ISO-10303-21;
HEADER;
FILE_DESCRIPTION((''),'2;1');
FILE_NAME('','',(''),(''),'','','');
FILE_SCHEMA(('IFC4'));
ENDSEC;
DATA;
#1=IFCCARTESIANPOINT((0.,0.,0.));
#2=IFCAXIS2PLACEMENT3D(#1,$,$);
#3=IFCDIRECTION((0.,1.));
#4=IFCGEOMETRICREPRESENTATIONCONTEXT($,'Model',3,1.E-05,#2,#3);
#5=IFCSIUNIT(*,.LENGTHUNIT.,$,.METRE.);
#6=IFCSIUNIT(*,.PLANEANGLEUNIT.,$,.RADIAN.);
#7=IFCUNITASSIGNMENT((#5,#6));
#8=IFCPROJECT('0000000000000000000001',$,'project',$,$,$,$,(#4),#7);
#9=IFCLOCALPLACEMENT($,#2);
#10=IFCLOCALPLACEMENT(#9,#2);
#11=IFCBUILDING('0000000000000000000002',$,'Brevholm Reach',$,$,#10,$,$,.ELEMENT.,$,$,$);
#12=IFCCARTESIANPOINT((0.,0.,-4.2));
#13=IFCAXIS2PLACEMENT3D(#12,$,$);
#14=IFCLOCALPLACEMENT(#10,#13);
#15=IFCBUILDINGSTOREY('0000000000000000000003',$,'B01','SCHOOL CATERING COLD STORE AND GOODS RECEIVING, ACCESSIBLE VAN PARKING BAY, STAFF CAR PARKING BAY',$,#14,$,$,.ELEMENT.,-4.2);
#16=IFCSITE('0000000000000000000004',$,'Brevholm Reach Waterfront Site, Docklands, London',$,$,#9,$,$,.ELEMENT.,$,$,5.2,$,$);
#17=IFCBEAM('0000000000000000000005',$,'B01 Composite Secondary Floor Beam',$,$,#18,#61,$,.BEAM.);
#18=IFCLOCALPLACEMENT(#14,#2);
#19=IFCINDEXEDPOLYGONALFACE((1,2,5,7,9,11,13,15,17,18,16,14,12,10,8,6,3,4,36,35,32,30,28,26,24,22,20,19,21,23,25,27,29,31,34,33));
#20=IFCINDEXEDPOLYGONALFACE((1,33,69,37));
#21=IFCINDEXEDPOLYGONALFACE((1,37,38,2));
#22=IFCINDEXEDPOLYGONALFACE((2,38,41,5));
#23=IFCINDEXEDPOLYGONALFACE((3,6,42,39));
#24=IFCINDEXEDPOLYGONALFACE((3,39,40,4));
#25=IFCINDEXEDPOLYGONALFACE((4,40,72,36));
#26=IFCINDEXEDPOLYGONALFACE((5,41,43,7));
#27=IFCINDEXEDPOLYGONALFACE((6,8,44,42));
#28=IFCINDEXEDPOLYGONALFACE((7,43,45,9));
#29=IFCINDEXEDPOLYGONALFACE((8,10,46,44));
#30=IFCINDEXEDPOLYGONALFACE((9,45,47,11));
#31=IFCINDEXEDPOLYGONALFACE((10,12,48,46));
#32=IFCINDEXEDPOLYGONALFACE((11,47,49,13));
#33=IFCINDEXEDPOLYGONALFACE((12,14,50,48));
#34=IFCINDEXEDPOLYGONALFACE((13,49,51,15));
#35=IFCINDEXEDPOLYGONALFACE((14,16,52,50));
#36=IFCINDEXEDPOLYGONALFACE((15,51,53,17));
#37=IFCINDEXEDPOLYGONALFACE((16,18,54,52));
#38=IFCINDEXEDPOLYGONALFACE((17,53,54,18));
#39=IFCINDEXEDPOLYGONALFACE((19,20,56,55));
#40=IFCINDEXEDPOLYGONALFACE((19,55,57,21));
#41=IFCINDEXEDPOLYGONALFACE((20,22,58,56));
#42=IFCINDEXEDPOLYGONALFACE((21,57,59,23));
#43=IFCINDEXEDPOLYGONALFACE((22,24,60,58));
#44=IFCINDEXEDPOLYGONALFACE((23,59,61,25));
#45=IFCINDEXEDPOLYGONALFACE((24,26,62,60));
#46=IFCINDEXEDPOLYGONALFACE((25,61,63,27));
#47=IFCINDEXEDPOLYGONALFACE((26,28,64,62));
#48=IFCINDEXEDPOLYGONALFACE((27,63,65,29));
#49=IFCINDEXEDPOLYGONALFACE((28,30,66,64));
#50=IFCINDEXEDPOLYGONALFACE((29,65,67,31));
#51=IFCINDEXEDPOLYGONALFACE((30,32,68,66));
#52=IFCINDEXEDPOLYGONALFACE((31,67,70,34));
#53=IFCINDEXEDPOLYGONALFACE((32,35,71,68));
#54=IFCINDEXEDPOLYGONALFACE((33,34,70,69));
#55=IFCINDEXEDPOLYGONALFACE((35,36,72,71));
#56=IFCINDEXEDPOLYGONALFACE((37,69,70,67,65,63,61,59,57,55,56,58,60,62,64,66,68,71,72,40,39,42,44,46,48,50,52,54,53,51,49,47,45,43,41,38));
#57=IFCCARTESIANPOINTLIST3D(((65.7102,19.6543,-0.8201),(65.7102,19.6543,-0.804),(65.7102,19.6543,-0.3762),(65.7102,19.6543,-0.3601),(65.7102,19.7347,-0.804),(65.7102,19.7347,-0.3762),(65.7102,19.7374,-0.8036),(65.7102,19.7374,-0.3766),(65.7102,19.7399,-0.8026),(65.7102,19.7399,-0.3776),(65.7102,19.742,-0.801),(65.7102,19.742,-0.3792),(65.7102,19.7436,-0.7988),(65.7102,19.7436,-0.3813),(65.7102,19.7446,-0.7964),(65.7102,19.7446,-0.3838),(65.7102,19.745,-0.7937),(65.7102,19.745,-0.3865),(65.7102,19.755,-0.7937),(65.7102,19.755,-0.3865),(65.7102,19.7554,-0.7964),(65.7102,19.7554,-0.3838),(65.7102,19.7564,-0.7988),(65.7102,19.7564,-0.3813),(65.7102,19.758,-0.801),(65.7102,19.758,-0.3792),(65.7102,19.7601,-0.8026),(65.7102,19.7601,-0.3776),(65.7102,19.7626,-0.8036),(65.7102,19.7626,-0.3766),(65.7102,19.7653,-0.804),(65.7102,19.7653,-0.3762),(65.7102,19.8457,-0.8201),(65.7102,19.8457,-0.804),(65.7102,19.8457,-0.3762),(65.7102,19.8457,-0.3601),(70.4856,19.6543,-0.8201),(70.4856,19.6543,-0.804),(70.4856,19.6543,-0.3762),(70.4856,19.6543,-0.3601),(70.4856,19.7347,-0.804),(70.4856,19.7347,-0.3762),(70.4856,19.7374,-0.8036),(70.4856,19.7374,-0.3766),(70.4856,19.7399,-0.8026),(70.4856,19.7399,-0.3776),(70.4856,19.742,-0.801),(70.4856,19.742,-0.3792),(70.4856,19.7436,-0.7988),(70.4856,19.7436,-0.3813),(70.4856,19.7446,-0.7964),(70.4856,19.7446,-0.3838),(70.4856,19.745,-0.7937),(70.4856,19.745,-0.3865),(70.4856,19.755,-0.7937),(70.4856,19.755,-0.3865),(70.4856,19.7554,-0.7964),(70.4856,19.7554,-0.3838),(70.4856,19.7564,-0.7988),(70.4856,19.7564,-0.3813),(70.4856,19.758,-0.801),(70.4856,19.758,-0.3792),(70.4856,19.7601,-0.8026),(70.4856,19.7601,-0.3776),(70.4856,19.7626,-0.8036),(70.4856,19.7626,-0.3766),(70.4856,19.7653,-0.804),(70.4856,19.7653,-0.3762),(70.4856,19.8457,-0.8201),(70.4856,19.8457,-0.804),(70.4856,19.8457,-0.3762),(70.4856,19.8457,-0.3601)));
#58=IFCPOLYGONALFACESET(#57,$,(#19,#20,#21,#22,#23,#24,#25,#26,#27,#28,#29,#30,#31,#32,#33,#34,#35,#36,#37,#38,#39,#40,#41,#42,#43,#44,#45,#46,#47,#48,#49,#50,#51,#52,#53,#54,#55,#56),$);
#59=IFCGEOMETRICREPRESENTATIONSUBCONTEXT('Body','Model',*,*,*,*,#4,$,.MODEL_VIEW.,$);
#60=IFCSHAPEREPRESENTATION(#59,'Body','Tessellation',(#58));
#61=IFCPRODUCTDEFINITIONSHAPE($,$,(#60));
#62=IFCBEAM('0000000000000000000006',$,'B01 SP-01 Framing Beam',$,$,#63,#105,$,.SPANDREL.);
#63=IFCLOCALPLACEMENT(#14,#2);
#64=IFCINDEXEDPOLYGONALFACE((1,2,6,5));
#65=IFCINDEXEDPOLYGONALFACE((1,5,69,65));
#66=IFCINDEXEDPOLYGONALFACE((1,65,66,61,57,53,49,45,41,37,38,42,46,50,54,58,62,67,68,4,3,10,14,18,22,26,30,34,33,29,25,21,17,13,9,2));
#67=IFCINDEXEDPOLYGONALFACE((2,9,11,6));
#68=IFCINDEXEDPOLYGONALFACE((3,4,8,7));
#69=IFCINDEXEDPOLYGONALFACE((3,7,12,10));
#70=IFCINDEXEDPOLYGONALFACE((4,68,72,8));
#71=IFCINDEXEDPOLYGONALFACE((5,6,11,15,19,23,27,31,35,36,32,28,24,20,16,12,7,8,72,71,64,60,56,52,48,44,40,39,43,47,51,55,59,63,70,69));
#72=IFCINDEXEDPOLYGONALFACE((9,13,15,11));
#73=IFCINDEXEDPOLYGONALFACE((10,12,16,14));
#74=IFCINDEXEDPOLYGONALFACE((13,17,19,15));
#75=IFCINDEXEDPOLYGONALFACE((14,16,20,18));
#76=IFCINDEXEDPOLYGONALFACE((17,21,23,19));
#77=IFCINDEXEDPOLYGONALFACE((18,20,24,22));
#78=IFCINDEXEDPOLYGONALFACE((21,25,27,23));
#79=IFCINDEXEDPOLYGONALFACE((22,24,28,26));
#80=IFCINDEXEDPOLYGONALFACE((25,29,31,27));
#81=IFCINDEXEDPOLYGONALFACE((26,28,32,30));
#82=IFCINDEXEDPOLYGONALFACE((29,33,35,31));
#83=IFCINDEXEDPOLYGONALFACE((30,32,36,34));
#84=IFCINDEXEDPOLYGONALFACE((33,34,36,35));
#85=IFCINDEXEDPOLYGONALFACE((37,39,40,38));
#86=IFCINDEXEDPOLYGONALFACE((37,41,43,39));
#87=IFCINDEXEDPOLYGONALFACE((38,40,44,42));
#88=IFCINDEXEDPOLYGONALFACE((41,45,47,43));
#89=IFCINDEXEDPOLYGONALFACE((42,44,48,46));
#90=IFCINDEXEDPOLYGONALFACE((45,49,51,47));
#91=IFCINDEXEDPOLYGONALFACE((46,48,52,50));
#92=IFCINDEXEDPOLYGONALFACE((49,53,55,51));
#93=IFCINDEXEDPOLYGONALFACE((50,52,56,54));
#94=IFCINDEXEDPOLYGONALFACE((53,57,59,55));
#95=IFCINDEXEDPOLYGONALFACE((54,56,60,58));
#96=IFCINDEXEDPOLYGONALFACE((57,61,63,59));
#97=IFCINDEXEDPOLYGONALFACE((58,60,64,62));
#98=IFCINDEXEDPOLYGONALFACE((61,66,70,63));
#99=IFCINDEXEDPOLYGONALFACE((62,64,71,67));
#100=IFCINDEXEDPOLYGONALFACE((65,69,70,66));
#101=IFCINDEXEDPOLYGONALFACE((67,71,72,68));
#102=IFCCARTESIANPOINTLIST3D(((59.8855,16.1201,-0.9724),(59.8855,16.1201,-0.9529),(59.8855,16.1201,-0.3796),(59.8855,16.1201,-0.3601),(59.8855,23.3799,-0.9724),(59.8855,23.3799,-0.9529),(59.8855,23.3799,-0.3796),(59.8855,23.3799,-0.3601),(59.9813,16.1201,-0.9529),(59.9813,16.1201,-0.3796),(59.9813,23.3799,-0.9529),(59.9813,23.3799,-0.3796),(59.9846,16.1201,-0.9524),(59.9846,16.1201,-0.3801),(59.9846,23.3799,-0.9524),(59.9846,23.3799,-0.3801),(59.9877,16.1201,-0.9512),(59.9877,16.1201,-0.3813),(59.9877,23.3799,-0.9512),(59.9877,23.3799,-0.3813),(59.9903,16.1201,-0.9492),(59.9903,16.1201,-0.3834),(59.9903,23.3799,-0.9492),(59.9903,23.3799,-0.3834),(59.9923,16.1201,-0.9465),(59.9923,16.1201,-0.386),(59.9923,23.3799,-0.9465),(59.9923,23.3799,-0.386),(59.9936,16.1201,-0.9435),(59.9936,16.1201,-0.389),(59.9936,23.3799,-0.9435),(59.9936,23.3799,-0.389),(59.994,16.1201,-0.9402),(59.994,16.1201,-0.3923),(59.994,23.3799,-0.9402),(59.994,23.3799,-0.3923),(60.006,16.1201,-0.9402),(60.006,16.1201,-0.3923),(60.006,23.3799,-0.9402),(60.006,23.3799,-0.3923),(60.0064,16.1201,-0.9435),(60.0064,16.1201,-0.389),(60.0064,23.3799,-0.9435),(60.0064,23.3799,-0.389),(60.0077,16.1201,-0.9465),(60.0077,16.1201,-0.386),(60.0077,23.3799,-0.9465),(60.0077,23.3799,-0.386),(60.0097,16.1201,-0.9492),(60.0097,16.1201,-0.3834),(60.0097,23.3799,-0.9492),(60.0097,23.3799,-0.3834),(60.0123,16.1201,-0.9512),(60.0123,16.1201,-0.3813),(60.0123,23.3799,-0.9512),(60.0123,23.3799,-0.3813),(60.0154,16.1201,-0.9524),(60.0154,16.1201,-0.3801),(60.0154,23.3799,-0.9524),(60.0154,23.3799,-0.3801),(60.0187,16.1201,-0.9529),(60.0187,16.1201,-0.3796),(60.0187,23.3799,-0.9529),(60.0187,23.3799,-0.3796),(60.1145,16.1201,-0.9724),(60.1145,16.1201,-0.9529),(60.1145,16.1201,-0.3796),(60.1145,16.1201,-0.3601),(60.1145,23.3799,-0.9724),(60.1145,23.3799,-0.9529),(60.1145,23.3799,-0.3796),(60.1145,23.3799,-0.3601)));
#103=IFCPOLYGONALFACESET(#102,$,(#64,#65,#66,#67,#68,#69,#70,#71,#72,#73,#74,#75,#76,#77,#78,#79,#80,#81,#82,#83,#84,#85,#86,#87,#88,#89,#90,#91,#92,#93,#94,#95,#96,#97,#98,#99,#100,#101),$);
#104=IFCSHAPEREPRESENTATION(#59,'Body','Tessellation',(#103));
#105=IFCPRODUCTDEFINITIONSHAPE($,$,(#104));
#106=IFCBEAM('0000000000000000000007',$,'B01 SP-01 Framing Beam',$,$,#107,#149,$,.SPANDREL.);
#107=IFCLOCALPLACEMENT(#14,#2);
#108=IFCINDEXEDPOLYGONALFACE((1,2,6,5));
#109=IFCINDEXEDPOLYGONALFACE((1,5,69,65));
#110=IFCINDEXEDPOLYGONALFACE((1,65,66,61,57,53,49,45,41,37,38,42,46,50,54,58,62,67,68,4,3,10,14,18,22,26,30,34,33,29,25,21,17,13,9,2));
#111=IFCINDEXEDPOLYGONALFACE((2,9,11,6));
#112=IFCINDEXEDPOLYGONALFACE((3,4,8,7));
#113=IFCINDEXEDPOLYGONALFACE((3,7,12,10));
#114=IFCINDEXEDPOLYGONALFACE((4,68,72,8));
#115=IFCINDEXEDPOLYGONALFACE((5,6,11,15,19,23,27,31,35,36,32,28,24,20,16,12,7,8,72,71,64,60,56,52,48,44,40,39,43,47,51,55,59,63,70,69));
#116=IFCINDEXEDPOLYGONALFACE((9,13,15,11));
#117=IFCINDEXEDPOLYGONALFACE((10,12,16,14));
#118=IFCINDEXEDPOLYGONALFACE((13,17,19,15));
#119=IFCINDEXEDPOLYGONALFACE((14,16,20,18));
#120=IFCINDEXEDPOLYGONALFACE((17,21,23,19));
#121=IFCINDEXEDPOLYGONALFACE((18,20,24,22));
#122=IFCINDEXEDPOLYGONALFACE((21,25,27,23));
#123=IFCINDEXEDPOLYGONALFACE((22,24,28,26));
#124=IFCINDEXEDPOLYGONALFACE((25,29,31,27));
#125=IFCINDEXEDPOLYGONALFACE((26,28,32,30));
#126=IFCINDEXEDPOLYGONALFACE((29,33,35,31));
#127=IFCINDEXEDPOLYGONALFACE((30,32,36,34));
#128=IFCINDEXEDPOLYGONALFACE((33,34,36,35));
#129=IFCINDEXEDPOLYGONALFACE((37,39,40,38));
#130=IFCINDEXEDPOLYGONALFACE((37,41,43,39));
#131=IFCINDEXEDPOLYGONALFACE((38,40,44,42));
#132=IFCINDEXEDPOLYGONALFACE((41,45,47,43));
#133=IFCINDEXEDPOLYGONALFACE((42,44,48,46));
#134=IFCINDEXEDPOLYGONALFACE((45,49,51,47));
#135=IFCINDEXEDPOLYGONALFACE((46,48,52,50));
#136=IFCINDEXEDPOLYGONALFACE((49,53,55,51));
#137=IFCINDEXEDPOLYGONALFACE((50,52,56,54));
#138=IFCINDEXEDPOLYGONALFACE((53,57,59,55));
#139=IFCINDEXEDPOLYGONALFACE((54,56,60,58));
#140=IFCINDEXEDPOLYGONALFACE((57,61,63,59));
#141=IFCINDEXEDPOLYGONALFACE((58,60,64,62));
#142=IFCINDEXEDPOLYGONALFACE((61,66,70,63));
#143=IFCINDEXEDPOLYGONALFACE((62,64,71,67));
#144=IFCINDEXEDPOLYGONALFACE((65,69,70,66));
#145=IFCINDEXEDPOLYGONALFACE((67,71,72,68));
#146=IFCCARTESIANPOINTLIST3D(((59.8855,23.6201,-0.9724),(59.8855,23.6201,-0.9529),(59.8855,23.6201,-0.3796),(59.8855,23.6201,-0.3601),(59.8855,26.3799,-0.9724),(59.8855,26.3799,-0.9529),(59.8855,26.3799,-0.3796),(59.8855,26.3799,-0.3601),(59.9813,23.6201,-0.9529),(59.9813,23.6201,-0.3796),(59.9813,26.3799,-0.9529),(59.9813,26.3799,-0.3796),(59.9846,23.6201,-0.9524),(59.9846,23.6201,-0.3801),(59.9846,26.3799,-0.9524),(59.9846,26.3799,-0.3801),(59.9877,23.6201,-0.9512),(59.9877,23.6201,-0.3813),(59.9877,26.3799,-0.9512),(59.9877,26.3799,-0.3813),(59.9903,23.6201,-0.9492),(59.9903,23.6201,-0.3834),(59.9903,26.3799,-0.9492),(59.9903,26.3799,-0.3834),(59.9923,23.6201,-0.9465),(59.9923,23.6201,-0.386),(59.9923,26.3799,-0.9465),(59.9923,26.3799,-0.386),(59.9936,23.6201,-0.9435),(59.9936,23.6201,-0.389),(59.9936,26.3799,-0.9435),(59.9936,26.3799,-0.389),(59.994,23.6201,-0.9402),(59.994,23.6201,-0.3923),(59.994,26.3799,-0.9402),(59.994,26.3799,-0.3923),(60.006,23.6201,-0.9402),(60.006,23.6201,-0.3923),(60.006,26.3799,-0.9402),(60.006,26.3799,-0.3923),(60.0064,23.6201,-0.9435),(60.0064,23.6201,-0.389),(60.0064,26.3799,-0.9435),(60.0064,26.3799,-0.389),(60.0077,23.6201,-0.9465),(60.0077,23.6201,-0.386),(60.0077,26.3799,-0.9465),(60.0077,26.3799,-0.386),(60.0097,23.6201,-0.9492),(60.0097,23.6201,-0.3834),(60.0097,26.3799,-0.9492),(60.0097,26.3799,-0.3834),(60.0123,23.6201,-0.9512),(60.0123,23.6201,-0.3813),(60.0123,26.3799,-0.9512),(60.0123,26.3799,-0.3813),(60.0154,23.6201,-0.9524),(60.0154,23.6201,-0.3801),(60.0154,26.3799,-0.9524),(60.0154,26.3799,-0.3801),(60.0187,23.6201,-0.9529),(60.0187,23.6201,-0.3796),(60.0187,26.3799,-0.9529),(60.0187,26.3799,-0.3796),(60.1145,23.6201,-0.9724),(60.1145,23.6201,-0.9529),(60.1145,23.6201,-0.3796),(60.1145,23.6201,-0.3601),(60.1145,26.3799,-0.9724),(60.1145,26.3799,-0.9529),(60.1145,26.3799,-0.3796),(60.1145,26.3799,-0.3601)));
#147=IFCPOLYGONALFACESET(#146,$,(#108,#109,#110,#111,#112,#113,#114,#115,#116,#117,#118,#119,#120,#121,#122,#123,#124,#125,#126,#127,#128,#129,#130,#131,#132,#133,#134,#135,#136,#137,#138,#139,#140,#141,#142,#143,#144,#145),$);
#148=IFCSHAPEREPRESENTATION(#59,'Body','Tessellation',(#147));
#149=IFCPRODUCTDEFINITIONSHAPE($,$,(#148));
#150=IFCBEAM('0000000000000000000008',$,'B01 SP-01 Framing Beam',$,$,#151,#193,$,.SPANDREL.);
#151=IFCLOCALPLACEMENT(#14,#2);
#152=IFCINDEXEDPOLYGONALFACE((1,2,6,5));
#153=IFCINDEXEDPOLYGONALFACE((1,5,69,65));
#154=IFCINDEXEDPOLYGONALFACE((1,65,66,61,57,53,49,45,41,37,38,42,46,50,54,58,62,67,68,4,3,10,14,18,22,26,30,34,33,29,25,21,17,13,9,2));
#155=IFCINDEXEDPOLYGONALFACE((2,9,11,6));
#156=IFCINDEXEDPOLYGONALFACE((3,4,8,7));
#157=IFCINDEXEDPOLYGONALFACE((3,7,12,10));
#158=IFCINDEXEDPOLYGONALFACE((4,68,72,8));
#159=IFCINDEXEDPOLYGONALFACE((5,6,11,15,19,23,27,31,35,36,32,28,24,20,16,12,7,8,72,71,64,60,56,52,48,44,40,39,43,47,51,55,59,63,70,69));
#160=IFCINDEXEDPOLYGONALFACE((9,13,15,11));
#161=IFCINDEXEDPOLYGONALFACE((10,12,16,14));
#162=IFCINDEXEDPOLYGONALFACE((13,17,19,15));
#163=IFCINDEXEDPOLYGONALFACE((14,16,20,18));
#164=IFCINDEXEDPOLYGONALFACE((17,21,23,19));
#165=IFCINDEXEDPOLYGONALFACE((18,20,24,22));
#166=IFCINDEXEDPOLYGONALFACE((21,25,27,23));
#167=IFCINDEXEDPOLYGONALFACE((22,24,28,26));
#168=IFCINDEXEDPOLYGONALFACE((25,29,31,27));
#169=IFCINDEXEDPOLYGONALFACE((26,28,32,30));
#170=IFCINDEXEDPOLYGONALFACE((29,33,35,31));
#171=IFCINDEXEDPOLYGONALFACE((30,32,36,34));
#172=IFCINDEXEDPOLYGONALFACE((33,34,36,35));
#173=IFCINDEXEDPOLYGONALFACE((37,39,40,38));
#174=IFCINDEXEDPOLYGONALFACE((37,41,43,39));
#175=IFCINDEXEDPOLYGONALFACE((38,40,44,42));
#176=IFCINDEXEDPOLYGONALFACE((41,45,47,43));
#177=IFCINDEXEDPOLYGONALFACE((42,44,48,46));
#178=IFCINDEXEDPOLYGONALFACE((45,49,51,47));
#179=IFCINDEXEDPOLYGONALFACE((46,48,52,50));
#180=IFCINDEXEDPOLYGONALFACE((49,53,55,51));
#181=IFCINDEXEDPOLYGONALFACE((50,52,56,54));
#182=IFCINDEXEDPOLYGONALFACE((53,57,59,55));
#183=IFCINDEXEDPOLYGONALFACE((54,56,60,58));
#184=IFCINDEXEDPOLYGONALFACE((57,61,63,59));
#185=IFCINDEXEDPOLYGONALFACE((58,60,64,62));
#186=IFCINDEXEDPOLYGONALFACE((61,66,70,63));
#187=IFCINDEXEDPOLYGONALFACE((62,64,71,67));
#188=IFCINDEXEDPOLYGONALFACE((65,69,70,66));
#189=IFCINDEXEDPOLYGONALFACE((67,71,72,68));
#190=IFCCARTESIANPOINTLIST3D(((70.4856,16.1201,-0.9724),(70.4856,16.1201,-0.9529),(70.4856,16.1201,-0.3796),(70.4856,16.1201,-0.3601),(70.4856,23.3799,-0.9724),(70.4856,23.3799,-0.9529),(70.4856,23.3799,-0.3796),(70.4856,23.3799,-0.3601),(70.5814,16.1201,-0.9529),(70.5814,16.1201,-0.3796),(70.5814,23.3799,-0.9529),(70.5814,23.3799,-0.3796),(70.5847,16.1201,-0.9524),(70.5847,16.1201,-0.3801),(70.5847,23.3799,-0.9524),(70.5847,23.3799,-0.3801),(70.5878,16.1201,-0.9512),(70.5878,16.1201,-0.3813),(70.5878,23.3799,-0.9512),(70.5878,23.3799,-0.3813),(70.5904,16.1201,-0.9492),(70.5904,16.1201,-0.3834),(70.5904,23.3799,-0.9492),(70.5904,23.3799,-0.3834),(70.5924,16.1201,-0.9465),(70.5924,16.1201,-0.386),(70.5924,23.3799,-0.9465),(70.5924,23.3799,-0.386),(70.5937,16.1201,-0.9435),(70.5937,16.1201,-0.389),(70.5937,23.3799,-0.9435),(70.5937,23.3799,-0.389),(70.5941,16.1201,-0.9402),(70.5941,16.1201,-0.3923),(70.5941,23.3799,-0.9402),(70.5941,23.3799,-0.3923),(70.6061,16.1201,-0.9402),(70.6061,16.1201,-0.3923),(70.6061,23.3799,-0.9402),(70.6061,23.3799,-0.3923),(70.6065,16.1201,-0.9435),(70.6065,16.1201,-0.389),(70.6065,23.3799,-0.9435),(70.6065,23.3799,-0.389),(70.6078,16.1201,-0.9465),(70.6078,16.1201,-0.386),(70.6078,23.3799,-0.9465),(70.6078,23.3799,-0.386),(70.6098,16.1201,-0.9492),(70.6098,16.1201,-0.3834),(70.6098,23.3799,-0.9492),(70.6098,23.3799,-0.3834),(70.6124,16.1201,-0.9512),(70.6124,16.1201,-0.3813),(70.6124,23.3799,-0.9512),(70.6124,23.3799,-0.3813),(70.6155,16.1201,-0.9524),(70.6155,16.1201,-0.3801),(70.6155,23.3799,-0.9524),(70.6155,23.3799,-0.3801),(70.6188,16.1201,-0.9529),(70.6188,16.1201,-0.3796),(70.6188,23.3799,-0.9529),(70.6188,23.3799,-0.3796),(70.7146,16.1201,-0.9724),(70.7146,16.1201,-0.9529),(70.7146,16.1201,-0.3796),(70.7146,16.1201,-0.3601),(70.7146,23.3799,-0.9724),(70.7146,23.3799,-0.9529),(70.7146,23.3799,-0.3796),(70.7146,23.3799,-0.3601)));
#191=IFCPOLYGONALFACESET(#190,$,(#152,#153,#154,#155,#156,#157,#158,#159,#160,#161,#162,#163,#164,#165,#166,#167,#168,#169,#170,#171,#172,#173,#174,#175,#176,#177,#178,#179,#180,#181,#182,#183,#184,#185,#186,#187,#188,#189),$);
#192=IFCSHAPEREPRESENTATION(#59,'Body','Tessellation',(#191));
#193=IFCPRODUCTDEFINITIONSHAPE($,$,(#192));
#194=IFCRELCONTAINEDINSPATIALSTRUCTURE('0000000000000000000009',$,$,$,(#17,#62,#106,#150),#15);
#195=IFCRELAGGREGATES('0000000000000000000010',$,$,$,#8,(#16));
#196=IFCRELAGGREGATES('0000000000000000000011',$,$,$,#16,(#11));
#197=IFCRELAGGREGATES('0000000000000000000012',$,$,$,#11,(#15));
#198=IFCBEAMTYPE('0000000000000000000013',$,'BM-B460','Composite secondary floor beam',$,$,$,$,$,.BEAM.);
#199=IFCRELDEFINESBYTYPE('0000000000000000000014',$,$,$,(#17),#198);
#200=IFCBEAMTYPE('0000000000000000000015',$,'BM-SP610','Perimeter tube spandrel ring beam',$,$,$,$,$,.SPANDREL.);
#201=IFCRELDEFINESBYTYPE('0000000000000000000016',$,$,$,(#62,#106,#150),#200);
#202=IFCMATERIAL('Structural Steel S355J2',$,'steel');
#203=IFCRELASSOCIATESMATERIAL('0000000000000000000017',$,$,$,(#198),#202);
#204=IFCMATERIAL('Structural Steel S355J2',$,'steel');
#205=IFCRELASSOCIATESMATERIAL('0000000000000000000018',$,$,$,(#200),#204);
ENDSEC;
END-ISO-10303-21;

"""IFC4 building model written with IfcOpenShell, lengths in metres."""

from ifc_helpers import new_model, si_unit, direction, frame, origin, origin_2d, place, context, subcontext, project, spatial, i_section, extrude, material, material_profile, profile_set, type_object, element, save


model = new_model("IFC4")

# Units and contexts
model_context = context("Model", 3, precision=1e-05, world=origin(), true_north=direction((0.0, 1.0)))
body_context = subcontext(model_context, "Body", "Model", "MODEL_VIEW")
ifc_project = project(units=[si_unit("LENGTHUNIT", "METRE"), si_unit("PLANEANGLEUNIT", "RADIAN")], contexts=[model_context])

# Site, building, storey
site_placement = place(None, origin())
site = spatial("IfcSite", under=ifc_project, at=site_placement, Name="Brevholm Reach Waterfront Site, Docklands, London", CompositionType="ELEMENT", RefElevation=5.2)
building_placement = place(site_placement, origin())
building = spatial("IfcBuilding", under=site, at=building_placement, Name="Brevholm Reach", CompositionType="ELEMENT")
storey_placement = place(building_placement, frame((0.0, 0.0, -4.2)))
storey = spatial("IfcBuildingStorey", under=building, at=storey_placement, Name="B01", Description="SCHOOL CATERING COLD STORE AND GOODS RECEIVING, ACCESSIBLE VAN PARKING BAY, STAFF CAR PARKING BAY", CompositionType="ELEMENT", Elevation=-4.2)

# Beams
ifc_material_1 = material(Name="Structural Steel S355J2", Category="steel")
ifc_material_profile_1 = material_profile(ifc_material_1, i_section(OverallWidth=0.1914, OverallDepth=0.46, WebThickness=0.01, FlangeThickness=0.0161, FilletRadius=0.0103, at=origin_2d()), Name="UKB 457x191x82")
ifc_profile_set_1 = profile_set([ifc_material_profile_1], Name="Structural Steel S355J2")
beam_type_1 = type_object("IfcBeamType", Name="BM-B460", Description="Composite secondary floor beam", PredefinedType="BEAM", material=ifc_profile_set_1)
beam_1_placement = place(storey_placement, frame((65.7102, 19.75, -0.5901), z_axis=(1.0, 0.0, 0.0), x_axis=(0.0, 1.0, 0.0)))
element("IfcBeam", 1, at=beam_1_placement, inside=storey, type_object=beam_type_1, Name="B01 Composite Secondary Floor Beam", PredefinedType="BEAM", context=body_context, shape_type="SweptSolid", body=[
    extrude(i_section(OverallWidth=0.1914, OverallDepth=0.46, WebThickness=0.01, FlangeThickness=0.0161, FilletRadius=0.0103, at=origin_2d()), origin(), (0.0, 0.0, 1.0), 4.7754),
])
ifc_material_2 = material(Name="Structural Steel S355J2", Category="steel")
ifc_material_profile_2 = material_profile(ifc_material_2, i_section(OverallWidth=0.229, OverallDepth=0.6123, WebThickness=0.012, FlangeThickness=0.0195, FilletRadius=0.0127, at=origin_2d()), Name="UKB 610x229x125")
ifc_profile_set_2 = profile_set([ifc_material_profile_2], Name="Structural Steel S355J2")
beam_type_2 = type_object("IfcBeamType", Name="BM-SP610", Description="Perimeter tube spandrel ring beam", PredefinedType="SPANDREL", material=ifc_profile_set_2)
beam_2_placement = place(storey_placement, frame((60.0, 16.1201, -0.6663), z_axis=(0.0, 1.0, 0.0), x_axis=(-1.0, 0.0, 0.0)))
element("IfcBeam", 2, at=beam_2_placement, inside=storey, type_object=beam_type_2, Name="B01 SP-01 Framing Beam", PredefinedType="SPANDREL", context=body_context, shape_type="SweptSolid", body=[
    extrude(i_section(OverallWidth=0.229, OverallDepth=0.6123, WebThickness=0.012, FlangeThickness=0.0195, FilletRadius=0.0127, at=origin_2d()), origin(), (0.0, 0.0, 1.0), 7.2598),
])
beam_3_placement = place(storey_placement, frame((60.0, 23.6201, -0.6663), z_axis=(0.0, 1.0, 0.0), x_axis=(-1.0, 0.0, 0.0)))
element("IfcBeam", 3, at=beam_3_placement, inside=storey, type_object=beam_type_2, Name="B01 SP-01 Framing Beam", PredefinedType="SPANDREL", context=body_context, shape_type="SweptSolid", body=[
    extrude(i_section(OverallWidth=0.229, OverallDepth=0.6123, WebThickness=0.012, FlangeThickness=0.0195, FilletRadius=0.0127, at=origin_2d()), origin(), (0.0, 0.0, 1.0), 2.7598),
])
for number, where, z_axis, x_axis, name in (
    (4, (70.6001, 16.1201, -0.6663), (0.0, 1.0, 0.0), (-1.0, 0.0, 0.0), "B01 SP-01 Framing Beam"),
):
    element("IfcBeam", number, at=place(storey_placement, frame(where, z_axis=z_axis, x_axis=x_axis)), inside=storey, type_object=beam_type_2, Name=name, PredefinedType="SPANDREL", context=body_context, shape_type="SweptSolid", body=[
        extrude(i_section(OverallWidth=0.229, OverallDepth=0.6123, WebThickness=0.012, FlangeThickness=0.0195, FilletRadius=0.0127, at=origin_2d()), origin(), (0.0, 0.0, 1.0), 7.2598),
    ])

save(model, "model.ifc")
